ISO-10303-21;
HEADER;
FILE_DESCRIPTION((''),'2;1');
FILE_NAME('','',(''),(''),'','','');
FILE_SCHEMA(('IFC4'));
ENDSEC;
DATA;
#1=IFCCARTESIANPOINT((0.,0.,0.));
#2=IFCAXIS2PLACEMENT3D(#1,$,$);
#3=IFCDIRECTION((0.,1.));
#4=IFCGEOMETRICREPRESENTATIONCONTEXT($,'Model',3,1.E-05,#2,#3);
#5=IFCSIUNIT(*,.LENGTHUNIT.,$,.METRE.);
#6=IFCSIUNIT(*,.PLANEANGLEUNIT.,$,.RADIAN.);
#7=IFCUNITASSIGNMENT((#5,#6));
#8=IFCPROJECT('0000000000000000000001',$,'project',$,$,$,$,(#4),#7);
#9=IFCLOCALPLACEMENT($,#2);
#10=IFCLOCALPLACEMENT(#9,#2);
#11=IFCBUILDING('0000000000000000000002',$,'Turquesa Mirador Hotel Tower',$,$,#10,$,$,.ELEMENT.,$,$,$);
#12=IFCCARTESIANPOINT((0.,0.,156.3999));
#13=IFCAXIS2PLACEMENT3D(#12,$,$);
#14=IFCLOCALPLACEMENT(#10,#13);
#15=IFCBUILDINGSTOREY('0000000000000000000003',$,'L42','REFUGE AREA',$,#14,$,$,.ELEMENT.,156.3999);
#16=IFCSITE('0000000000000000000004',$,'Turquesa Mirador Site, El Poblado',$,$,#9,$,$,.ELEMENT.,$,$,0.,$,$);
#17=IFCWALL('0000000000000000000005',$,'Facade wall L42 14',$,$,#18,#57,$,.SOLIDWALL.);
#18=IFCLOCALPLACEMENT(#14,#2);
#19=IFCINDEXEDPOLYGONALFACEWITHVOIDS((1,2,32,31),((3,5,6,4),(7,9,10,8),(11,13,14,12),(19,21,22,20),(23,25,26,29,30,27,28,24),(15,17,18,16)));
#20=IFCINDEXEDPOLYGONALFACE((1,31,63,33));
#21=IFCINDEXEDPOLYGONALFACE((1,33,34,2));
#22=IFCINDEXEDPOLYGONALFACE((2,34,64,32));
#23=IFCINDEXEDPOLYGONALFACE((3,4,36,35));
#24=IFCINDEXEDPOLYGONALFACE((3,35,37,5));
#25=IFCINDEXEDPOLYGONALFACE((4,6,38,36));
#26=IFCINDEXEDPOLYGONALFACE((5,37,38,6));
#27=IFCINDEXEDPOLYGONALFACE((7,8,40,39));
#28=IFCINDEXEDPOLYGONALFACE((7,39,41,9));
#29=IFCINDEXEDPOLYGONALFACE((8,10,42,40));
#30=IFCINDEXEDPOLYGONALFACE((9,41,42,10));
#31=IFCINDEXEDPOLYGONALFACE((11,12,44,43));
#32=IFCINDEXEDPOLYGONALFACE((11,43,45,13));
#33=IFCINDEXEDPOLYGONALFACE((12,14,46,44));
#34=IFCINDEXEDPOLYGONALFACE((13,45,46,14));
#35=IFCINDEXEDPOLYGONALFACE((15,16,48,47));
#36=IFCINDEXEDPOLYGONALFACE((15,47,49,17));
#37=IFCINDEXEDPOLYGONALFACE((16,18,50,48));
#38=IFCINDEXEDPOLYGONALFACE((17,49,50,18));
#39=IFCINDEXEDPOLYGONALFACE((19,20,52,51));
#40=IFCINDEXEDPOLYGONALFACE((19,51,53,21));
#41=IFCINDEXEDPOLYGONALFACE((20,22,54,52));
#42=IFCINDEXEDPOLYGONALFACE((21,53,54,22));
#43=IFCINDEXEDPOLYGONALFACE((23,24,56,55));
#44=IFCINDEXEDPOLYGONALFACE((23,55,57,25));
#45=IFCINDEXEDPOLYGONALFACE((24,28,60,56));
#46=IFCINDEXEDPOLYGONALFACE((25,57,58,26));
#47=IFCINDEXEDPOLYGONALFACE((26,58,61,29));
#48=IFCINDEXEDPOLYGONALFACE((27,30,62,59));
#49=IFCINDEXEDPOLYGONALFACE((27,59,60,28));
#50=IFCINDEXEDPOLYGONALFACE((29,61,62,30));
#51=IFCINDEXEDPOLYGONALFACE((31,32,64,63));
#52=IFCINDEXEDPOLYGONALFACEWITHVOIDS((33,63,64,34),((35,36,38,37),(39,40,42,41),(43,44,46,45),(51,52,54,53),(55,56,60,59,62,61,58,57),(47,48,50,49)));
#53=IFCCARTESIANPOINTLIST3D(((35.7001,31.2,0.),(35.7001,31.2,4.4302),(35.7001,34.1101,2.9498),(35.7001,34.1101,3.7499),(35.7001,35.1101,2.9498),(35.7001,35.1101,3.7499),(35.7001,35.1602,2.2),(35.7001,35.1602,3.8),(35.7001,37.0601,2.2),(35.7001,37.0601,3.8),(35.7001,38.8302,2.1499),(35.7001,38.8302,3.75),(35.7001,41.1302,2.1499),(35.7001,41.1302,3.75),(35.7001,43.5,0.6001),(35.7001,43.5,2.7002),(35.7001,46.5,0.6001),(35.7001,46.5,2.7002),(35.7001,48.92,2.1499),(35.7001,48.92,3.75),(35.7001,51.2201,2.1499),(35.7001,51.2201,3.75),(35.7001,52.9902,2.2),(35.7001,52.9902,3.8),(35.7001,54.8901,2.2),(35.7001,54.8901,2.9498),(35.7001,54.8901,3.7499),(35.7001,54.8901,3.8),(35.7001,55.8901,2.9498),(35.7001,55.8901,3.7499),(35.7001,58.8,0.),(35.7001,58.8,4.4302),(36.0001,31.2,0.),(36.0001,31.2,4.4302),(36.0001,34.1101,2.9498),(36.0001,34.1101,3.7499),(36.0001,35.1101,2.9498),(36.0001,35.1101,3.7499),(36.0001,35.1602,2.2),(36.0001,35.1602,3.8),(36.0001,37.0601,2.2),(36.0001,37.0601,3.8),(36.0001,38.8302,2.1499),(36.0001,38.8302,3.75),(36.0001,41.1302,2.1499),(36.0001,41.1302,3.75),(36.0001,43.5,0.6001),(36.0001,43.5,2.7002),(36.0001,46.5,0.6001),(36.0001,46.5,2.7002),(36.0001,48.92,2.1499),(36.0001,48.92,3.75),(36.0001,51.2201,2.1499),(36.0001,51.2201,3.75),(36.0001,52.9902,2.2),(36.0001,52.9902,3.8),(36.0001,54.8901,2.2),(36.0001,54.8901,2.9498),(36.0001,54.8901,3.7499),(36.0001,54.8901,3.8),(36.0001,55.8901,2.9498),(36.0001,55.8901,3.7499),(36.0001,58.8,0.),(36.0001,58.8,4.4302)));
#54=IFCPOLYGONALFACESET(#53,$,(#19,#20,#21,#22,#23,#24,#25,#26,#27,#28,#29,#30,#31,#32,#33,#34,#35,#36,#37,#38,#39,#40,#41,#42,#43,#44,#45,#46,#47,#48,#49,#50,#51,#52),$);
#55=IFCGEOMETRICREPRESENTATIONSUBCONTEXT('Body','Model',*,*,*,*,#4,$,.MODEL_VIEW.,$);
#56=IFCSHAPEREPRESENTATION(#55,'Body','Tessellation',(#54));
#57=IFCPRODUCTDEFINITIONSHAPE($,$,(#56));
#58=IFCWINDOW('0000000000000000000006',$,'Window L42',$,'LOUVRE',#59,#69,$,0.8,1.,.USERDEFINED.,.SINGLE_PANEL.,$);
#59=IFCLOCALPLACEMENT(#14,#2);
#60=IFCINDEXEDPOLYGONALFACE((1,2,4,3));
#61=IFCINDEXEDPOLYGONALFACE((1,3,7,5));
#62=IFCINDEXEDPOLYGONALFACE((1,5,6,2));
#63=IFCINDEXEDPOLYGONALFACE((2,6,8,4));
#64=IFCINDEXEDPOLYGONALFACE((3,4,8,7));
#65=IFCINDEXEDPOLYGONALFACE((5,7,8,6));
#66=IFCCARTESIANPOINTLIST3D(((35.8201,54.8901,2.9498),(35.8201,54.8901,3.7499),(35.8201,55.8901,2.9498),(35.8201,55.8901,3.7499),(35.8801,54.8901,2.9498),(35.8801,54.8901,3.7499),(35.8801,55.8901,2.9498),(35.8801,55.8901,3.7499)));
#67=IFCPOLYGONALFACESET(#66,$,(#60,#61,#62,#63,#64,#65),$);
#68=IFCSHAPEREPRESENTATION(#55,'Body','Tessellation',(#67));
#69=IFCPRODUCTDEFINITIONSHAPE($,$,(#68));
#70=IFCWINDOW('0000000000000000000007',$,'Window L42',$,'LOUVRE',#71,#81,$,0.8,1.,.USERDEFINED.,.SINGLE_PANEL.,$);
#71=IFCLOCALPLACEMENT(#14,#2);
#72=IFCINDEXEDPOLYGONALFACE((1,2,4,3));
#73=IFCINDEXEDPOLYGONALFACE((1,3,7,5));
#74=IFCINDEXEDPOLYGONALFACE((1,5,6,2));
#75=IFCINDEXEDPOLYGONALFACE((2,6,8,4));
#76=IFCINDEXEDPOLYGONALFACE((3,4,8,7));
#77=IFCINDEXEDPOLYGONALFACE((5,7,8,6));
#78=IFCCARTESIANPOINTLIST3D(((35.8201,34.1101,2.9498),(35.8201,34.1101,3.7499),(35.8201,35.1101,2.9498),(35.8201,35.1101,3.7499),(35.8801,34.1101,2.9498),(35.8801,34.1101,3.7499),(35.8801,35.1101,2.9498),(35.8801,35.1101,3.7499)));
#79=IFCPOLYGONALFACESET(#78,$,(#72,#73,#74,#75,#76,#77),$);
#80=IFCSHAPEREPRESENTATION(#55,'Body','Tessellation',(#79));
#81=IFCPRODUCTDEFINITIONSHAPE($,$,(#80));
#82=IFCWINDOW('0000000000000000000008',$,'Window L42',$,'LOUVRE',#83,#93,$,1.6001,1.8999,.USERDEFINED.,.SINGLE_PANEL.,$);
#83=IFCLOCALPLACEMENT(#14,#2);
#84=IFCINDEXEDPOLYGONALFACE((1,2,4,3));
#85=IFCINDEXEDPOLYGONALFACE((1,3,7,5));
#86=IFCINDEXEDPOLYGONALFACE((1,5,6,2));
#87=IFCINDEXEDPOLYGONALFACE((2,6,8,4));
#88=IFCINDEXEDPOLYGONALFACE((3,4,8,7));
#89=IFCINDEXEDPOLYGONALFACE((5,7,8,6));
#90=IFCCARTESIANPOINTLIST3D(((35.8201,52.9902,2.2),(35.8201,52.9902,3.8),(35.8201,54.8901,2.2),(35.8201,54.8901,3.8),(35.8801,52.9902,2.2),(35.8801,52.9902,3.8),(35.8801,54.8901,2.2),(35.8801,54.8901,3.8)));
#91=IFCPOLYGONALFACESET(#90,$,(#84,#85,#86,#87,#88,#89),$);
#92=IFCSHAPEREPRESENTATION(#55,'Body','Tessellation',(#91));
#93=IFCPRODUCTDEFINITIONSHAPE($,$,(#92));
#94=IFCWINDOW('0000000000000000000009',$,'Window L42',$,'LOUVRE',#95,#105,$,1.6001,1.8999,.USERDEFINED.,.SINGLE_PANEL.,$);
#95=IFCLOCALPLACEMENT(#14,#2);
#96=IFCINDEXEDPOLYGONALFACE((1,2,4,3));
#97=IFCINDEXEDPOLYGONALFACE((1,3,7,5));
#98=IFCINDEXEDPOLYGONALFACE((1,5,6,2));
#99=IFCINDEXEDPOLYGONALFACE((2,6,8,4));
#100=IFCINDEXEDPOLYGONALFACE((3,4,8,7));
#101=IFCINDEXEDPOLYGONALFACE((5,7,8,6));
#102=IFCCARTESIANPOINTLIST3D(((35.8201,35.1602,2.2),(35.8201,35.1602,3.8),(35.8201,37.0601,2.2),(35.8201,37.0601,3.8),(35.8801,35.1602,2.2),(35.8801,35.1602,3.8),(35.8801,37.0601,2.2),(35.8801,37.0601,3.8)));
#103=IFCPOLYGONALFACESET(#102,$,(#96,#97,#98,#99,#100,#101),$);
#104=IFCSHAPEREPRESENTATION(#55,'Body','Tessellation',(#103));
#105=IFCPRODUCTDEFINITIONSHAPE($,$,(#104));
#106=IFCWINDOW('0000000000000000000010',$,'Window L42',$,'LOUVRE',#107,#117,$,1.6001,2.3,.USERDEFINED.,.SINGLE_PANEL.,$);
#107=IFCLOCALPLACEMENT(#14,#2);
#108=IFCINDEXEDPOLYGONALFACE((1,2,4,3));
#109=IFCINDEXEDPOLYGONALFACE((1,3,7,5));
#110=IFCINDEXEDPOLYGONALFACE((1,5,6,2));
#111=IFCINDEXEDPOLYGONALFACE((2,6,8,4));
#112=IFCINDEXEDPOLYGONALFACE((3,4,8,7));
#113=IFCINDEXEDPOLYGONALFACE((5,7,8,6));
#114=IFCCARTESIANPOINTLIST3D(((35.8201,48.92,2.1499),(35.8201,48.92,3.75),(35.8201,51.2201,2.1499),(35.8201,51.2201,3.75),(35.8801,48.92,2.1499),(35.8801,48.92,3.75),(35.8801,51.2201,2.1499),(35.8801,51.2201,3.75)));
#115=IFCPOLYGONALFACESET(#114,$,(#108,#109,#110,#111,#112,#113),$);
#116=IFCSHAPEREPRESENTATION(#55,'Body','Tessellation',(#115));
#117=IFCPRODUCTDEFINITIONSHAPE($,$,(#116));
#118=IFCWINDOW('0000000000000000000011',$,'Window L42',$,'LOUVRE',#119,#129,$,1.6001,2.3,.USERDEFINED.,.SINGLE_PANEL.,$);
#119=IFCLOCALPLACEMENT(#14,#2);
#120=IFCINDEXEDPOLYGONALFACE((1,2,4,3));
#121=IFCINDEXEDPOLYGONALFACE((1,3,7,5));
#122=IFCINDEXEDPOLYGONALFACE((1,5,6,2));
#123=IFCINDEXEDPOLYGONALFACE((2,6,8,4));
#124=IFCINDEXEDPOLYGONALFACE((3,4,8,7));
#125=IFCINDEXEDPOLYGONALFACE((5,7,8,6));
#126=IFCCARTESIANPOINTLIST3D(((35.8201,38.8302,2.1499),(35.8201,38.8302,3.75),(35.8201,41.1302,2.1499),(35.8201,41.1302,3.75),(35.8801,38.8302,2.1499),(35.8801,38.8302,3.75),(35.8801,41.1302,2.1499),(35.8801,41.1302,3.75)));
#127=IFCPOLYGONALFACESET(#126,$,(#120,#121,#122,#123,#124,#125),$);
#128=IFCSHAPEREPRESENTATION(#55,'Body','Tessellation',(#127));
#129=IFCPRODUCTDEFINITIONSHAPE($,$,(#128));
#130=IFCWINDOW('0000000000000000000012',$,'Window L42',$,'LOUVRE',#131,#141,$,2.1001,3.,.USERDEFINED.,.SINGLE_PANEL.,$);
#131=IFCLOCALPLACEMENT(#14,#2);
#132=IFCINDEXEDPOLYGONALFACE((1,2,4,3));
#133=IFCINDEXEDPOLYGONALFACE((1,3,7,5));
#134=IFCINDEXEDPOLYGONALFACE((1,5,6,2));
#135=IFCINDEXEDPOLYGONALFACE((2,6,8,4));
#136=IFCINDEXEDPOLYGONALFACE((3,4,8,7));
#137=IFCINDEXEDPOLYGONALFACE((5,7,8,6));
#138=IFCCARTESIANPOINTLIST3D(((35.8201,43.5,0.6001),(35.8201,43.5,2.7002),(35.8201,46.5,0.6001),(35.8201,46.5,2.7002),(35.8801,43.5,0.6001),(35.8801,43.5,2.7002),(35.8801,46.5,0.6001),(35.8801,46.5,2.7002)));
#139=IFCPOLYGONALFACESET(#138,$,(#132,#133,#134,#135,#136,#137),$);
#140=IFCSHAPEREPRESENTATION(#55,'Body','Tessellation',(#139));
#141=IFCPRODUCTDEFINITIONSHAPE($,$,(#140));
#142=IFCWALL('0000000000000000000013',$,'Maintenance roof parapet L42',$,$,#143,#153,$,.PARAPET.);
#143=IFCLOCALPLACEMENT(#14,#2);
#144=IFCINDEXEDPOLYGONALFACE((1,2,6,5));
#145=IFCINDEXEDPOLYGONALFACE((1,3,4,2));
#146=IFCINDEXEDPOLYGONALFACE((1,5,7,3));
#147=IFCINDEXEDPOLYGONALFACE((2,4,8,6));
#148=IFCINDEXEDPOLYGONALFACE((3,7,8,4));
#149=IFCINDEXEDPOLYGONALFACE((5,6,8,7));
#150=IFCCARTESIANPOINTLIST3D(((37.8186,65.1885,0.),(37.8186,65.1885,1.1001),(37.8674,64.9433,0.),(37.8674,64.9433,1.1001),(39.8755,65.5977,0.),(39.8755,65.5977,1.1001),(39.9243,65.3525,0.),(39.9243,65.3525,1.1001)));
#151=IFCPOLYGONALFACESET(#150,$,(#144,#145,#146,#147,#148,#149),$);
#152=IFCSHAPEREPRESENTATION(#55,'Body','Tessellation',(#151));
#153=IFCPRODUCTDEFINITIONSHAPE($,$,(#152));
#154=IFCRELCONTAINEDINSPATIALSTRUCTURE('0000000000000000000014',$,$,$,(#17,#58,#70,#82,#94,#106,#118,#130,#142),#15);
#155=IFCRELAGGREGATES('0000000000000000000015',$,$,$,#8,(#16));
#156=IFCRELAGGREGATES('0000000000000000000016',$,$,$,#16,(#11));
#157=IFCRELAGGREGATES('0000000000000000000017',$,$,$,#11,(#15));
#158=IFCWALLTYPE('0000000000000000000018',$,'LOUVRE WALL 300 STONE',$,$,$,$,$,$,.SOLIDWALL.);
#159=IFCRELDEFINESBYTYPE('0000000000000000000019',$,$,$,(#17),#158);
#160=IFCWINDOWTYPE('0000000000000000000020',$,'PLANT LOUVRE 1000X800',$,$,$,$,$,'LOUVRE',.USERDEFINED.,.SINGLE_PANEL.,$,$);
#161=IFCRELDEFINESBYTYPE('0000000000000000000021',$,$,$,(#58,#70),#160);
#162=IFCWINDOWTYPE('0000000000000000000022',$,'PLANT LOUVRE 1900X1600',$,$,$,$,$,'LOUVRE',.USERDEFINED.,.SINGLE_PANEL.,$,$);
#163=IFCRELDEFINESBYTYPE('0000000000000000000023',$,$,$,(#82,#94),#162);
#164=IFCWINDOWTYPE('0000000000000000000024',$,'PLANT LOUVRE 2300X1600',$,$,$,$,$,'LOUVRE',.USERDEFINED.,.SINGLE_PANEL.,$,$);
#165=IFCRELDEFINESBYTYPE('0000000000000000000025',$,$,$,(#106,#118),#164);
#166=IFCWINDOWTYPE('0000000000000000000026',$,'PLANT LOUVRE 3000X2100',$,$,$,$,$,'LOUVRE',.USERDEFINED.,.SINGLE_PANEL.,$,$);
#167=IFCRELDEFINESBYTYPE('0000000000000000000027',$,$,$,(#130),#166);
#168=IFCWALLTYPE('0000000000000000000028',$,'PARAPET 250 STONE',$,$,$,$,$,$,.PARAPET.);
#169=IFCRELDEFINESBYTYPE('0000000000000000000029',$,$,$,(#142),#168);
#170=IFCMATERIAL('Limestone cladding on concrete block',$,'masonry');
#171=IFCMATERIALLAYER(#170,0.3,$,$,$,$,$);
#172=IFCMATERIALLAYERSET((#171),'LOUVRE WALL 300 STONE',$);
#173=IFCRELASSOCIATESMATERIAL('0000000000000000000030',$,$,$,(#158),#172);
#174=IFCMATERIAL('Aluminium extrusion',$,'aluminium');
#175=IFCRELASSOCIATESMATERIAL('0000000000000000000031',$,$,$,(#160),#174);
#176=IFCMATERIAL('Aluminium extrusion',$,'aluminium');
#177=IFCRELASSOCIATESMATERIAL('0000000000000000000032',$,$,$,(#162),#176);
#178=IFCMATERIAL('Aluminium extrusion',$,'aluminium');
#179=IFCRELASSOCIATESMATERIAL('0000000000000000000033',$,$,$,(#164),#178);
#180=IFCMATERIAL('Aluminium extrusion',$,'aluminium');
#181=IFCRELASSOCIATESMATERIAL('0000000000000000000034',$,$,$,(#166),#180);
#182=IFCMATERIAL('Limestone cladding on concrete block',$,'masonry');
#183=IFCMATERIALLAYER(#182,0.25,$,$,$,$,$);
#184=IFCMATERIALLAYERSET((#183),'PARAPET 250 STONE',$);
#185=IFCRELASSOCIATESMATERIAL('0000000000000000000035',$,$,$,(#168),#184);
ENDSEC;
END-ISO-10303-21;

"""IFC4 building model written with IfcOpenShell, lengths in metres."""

from ifc_helpers import new_model, si_unit, direction, frame, frame_2d, origin, place, context, subcontext, project, spatial, rectangle, extrude, material, layer, layer_set, type_object, element, fill, save


model = new_model("IFC4")

# Units and contexts
model_context = context("Model", 3, precision=1e-05, world=origin(), true_north=direction((0.0, 1.0)))
body_context = subcontext(model_context, "Body", "Model", "MODEL_VIEW")
ifc_project = project(units=[si_unit("LENGTHUNIT", "METRE"), si_unit("PLANEANGLEUNIT", "RADIAN")], contexts=[model_context])

# Site, building, storey
site_placement = place(None, origin())
site = spatial("IfcSite", under=ifc_project, at=site_placement, Name="Turquesa Mirador Site, El Poblado", CompositionType="ELEMENT", RefElevation=0.0)
building_placement = place(site_placement, origin())
building = spatial("IfcBuilding", under=site, at=building_placement, Name="Turquesa Mirador Hotel Tower", CompositionType="ELEMENT")
storey_placement = place(building_placement, frame((0.0, 0.0, 156.3999)))
storey = spatial("IfcBuildingStorey", under=building, at=storey_placement, Name="L42", Description="REFUGE AREA", CompositionType="ELEMENT", Elevation=156.3999)

# Shared definitions
ifc_material_1 = material(Name="Limestone cladding on concrete block", Category="masonry")
ifc_layer_1 = layer(ifc_material_1, 0.3)
ifc_layer_set_1 = layer_set([ifc_layer_1], Name="LOUVRE WALL 300 STONE")
wall_type_1 = type_object("IfcWallType", Name="LOUVRE WALL 300 STONE", PredefinedType="SOLIDWALL", material=ifc_layer_set_1)

# Wall, openings, windows
wall_1_placement = place(storey_placement, frame((35.8501, 58.8, 0.0), z_axis=(0.0, 0.0, 1.0), x_axis=(0.0, -1.0, 0.0)))
wall_1 = element("IfcWall", 1, at=wall_1_placement, inside=storey, type_object=wall_type_1, Name="Facade wall L42 14", PredefinedType="SOLIDWALL", context=body_context, shape_type="SweptSolid", body=[
    extrude(rectangle(XDim=27.6001, YDim=0.3, at=frame_2d((13.8, 0.0))), origin(), (0.0, 0.0, 1.0), 4.4302),
])
opening_1_placement = place(wall_1_placement, frame((3.9099, 0.0, 2.2)))
opening_1 = element("IfcOpeningElement", 2, at=opening_1_placement, cuts=wall_1, PredefinedType="OPENING", context=body_context, shape_type="SweptSolid", body=[
    extrude(rectangle(XDim=1.8999, YDim=1.6001, at=frame_2d((0.95, 0.8))), frame((0.0, 0.1599, 0.0), z_axis=(0.0, -1.0, 0.0), x_axis=(1.0, 0.0, 0.0)), (0.0, 0.0, 1.0), 0.3201),
])
opening_2_placement = place(wall_1_placement, frame((7.5801, 0.0, 2.1499)))
opening_2 = element("IfcOpeningElement", 3, at=opening_2_placement, cuts=wall_1, PredefinedType="OPENING", context=body_context, shape_type="SweptSolid", body=[
    extrude(rectangle(XDim=2.3, YDim=1.6001, at=frame_2d((1.1499, 0.8))), frame((0.0, 0.1599, 0.0), z_axis=(0.0, -1.0, 0.0), x_axis=(1.0, 0.0, 0.0)), (0.0, 0.0, 1.0), 0.3201),
])
opening_3_placement = place(wall_1_placement, frame((12.3, 0.0, 0.6001)))
opening_3 = element("IfcOpeningElement", 4, at=opening_3_placement, cuts=wall_1, PredefinedType="OPENING", context=body_context, shape_type="SweptSolid", body=[
    extrude(rectangle(XDim=3.0, YDim=2.1001, at=frame_2d((1.5, 1.05))), frame((0.0, 0.1599, 0.0), z_axis=(0.0, -1.0, 0.0), x_axis=(1.0, 0.0, 0.0)), (0.0, 0.0, 1.0), 0.3201),
])
opening_4_placement = place(wall_1_placement, frame((17.6699, 0.0, 2.1499)))
opening_4 = element("IfcOpeningElement", 5, at=opening_4_placement, cuts=wall_1, PredefinedType="OPENING", context=body_context, shape_type="SweptSolid", body=[
    extrude(rectangle(XDim=2.3, YDim=1.6001, at=frame_2d((1.1499, 0.8))), frame((0.0, 0.1599, 0.0), z_axis=(0.0, -1.0, 0.0), x_axis=(1.0, 0.0, 0.0)), (0.0, 0.0, 1.0), 0.3201),
])
opening_5_placement = place(wall_1_placement, frame((21.74, 0.0, 2.2)))
opening_5 = element("IfcOpeningElement", 6, at=opening_5_placement, cuts=wall_1, PredefinedType="OPENING", context=body_context, shape_type="SweptSolid", body=[
    extrude(rectangle(XDim=1.8999, YDim=1.6001, at=frame_2d((0.95, 0.8))), frame((0.0, 0.1599, 0.0), z_axis=(0.0, -1.0, 0.0), x_axis=(1.0, 0.0, 0.0)), (0.0, 0.0, 1.0), 0.3201),
])
opening_6_placement = place(wall_1_placement, frame((2.9099, 0.0, 2.95)))
opening_6 = element("IfcOpeningElement", 7, at=opening_6_placement, cuts=wall_1, PredefinedType="OPENING", context=body_context, shape_type="SweptSolid", body=[
    extrude(rectangle(XDim=1.0, YDim=0.8, at=frame_2d((0.5, 0.3999))), frame((0.0, 0.1599, 0.0), z_axis=(0.0, -1.0, 0.0), x_axis=(1.0, 0.0, 0.0)), (0.0, 0.0, 1.0), 0.3201),
])
opening_7_placement = place(wall_1_placement, frame((23.6899, 0.0, 2.95)))
opening_7 = element("IfcOpeningElement", 8, at=opening_7_placement, cuts=wall_1, PredefinedType="OPENING", context=body_context, shape_type="SweptSolid", body=[
    extrude(rectangle(XDim=1.0, YDim=0.8, at=frame_2d((0.5, 0.3999))), frame((0.0, 0.1599, 0.0), z_axis=(0.0, -1.0, 0.0), x_axis=(1.0, 0.0, 0.0)), (0.0, 0.0, 1.0), 0.3201),
])
ifc_material_2 = material(Name="Aluminium extrusion", Category="aluminium")
window_type_1 = type_object("IfcWindowType", Name="PLANT LOUVRE 1000X800", ElementType="LOUVRE", PartitioningType="SINGLE_PANEL", PredefinedType="USERDEFINED", material=ifc_material_2)
window_1_placement = place(opening_6_placement, origin())
window_1 = element("IfcWindow", 9, at=window_1_placement, inside=storey, type_object=window_type_1, Name="Window L42", ObjectType="LOUVRE", OverallHeight=0.8, OverallWidth=1.0, PartitioningType="SINGLE_PANEL", PredefinedType="USERDEFINED", context=body_context, shape_type="SweptSolid", body=[
    extrude(rectangle(XDim=1.0, YDim=0.8, at=frame_2d((0.5, 0.3999))), frame((0.0, 0.03, 0.0), z_axis=(0.0, -1.0, 0.0), x_axis=(1.0, 0.0, 0.0)), (0.0, 0.0, 1.0), 0.0601),
])
fill(opening_6, window_1)
window_2_placement = place(opening_7_placement, origin())
window_2 = element("IfcWindow", 10, at=window_2_placement, inside=storey, type_object=window_type_1, Name="Window L42", ObjectType="LOUVRE", OverallHeight=0.8, OverallWidth=1.0, PartitioningType="SINGLE_PANEL", PredefinedType="USERDEFINED", context=body_context, shape_type="SweptSolid", body=[
    extrude(rectangle(XDim=1.0, YDim=0.8, at=frame_2d((0.5, 0.3999))), frame((0.0, 0.03, 0.0), z_axis=(0.0, -1.0, 0.0), x_axis=(1.0, 0.0, 0.0)), (0.0, 0.0, 1.0), 0.0601),
])
fill(opening_7, window_2)
ifc_material_3 = material(Name="Aluminium extrusion", Category="aluminium")
window_type_2 = type_object("IfcWindowType", Name="PLANT LOUVRE 1900X1600", ElementType="LOUVRE", PartitioningType="SINGLE_PANEL", PredefinedType="USERDEFINED", material=ifc_material_3)
window_3_placement = place(opening_1_placement, origin())
window_3 = element("IfcWindow", 11, at=window_3_placement, inside=storey, type_object=window_type_2, Name="Window L42", ObjectType="LOUVRE", OverallHeight=1.6001, OverallWidth=1.8999, PartitioningType="SINGLE_PANEL", PredefinedType="USERDEFINED", context=body_context, shape_type="SweptSolid", body=[
    extrude(rectangle(XDim=1.8999, YDim=1.6001, at=frame_2d((0.95, 0.8))), frame((0.0, 0.03, 0.0), z_axis=(0.0, -1.0, 0.0), x_axis=(1.0, 0.0, 0.0)), (0.0, 0.0, 1.0), 0.0601),
])
fill(opening_1, window_3)
window_4_placement = place(opening_5_placement, origin())
window_4 = element("IfcWindow", 12, at=window_4_placement, inside=storey, type_object=window_type_2, Name="Window L42", ObjectType="LOUVRE", OverallHeight=1.6001, OverallWidth=1.8999, PartitioningType="SINGLE_PANEL", PredefinedType="USERDEFINED", context=body_context, shape_type="SweptSolid", body=[
    extrude(rectangle(XDim=1.8999, YDim=1.6001, at=frame_2d((0.95, 0.8))), frame((0.0, 0.03, 0.0), z_axis=(0.0, -1.0, 0.0), x_axis=(1.0, 0.0, 0.0)), (0.0, 0.0, 1.0), 0.0601),
])
fill(opening_5, window_4)
ifc_material_4 = material(Name="Aluminium extrusion", Category="aluminium")
window_type_3 = type_object("IfcWindowType", Name="PLANT LOUVRE 2300X1600", ElementType="LOUVRE", PartitioningType="SINGLE_PANEL", PredefinedType="USERDEFINED", material=ifc_material_4)
window_5_placement = place(opening_2_placement, origin())
window_5 = element("IfcWindow", 13, at=window_5_placement, inside=storey, type_object=window_type_3, Name="Window L42", ObjectType="LOUVRE", OverallHeight=1.6001, OverallWidth=2.3, PartitioningType="SINGLE_PANEL", PredefinedType="USERDEFINED", context=body_context, shape_type="SweptSolid", body=[
    extrude(rectangle(XDim=2.3, YDim=1.6001, at=frame_2d((1.1499, 0.8))), frame((0.0, 0.03, 0.0), z_axis=(0.0, -1.0, 0.0), x_axis=(1.0, 0.0, 0.0)), (0.0, 0.0, 1.0), 0.0601),
])
fill(opening_2, window_5)
window_6_placement = place(opening_4_placement, origin())
window_6 = element("IfcWindow", 14, at=window_6_placement, inside=storey, type_object=window_type_3, Name="Window L42", ObjectType="LOUVRE", OverallHeight=1.6001, OverallWidth=2.3, PartitioningType="SINGLE_PANEL", PredefinedType="USERDEFINED", context=body_context, shape_type="SweptSolid", body=[
    extrude(rectangle(XDim=2.3, YDim=1.6001, at=frame_2d((1.1499, 0.8))), frame((0.0, 0.03, 0.0), z_axis=(0.0, -1.0, 0.0), x_axis=(1.0, 0.0, 0.0)), (0.0, 0.0, 1.0), 0.0601),
])
fill(opening_4, window_6)
ifc_material_5 = material(Name="Aluminium extrusion", Category="aluminium")
window_type_4 = type_object("IfcWindowType", Name="PLANT LOUVRE 3000X2100", ElementType="LOUVRE", PartitioningType="SINGLE_PANEL", PredefinedType="USERDEFINED", material=ifc_material_5)
window_7_placement = place(opening_3_placement, origin())
window_7 = element("IfcWindow", 15, at=window_7_placement, inside=storey, type_object=window_type_4, Name="Window L42", ObjectType="LOUVRE", OverallHeight=2.1001, OverallWidth=3.0, PartitioningType="SINGLE_PANEL", PredefinedType="USERDEFINED", context=body_context, shape_type="SweptSolid", body=[
    extrude(rectangle(XDim=3.0, YDim=2.1001, at=frame_2d((1.5, 1.05))), frame((0.0, 0.03, 0.0), z_axis=(0.0, -1.0, 0.0), x_axis=(1.0, 0.0, 0.0)), (0.0, 0.0, 1.0), 0.0601),
])
fill(opening_3, window_7)

# Wall
ifc_material_6 = material(Name="Limestone cladding on concrete block", Category="masonry")
ifc_layer_2 = layer(ifc_material_6, 0.25)
ifc_layer_set_2 = layer_set([ifc_layer_2], Name="PARAPET 250 STONE")
wall_type_2 = type_object("IfcWallType", Name="PARAPET 250 STONE", PredefinedType="PARAPET", material=ifc_layer_set_2)
for number, where, z_axis, x_axis, name in (
    (16, (39.8999, 65.4751, 0.0), (0.0, 0.0, 1.0), (-0.980782, -0.195109, 0.0), "Maintenance roof parapet L42"),
):
    element("IfcWall", number, at=place(storey_placement, frame(where, z_axis=z_axis, x_axis=x_axis)), inside=storey, type_object=wall_type_2, Name=name, PredefinedType="PARAPET", context=body_context, shape_type="SweptSolid", body=[
        extrude(rectangle(XDim=2.0972, YDim=0.25, at=frame_2d((1.0486, 0.0))), origin(), (0.0, 0.0, 1.0), 1.1001),
    ])

save(model, "model.ifc")
